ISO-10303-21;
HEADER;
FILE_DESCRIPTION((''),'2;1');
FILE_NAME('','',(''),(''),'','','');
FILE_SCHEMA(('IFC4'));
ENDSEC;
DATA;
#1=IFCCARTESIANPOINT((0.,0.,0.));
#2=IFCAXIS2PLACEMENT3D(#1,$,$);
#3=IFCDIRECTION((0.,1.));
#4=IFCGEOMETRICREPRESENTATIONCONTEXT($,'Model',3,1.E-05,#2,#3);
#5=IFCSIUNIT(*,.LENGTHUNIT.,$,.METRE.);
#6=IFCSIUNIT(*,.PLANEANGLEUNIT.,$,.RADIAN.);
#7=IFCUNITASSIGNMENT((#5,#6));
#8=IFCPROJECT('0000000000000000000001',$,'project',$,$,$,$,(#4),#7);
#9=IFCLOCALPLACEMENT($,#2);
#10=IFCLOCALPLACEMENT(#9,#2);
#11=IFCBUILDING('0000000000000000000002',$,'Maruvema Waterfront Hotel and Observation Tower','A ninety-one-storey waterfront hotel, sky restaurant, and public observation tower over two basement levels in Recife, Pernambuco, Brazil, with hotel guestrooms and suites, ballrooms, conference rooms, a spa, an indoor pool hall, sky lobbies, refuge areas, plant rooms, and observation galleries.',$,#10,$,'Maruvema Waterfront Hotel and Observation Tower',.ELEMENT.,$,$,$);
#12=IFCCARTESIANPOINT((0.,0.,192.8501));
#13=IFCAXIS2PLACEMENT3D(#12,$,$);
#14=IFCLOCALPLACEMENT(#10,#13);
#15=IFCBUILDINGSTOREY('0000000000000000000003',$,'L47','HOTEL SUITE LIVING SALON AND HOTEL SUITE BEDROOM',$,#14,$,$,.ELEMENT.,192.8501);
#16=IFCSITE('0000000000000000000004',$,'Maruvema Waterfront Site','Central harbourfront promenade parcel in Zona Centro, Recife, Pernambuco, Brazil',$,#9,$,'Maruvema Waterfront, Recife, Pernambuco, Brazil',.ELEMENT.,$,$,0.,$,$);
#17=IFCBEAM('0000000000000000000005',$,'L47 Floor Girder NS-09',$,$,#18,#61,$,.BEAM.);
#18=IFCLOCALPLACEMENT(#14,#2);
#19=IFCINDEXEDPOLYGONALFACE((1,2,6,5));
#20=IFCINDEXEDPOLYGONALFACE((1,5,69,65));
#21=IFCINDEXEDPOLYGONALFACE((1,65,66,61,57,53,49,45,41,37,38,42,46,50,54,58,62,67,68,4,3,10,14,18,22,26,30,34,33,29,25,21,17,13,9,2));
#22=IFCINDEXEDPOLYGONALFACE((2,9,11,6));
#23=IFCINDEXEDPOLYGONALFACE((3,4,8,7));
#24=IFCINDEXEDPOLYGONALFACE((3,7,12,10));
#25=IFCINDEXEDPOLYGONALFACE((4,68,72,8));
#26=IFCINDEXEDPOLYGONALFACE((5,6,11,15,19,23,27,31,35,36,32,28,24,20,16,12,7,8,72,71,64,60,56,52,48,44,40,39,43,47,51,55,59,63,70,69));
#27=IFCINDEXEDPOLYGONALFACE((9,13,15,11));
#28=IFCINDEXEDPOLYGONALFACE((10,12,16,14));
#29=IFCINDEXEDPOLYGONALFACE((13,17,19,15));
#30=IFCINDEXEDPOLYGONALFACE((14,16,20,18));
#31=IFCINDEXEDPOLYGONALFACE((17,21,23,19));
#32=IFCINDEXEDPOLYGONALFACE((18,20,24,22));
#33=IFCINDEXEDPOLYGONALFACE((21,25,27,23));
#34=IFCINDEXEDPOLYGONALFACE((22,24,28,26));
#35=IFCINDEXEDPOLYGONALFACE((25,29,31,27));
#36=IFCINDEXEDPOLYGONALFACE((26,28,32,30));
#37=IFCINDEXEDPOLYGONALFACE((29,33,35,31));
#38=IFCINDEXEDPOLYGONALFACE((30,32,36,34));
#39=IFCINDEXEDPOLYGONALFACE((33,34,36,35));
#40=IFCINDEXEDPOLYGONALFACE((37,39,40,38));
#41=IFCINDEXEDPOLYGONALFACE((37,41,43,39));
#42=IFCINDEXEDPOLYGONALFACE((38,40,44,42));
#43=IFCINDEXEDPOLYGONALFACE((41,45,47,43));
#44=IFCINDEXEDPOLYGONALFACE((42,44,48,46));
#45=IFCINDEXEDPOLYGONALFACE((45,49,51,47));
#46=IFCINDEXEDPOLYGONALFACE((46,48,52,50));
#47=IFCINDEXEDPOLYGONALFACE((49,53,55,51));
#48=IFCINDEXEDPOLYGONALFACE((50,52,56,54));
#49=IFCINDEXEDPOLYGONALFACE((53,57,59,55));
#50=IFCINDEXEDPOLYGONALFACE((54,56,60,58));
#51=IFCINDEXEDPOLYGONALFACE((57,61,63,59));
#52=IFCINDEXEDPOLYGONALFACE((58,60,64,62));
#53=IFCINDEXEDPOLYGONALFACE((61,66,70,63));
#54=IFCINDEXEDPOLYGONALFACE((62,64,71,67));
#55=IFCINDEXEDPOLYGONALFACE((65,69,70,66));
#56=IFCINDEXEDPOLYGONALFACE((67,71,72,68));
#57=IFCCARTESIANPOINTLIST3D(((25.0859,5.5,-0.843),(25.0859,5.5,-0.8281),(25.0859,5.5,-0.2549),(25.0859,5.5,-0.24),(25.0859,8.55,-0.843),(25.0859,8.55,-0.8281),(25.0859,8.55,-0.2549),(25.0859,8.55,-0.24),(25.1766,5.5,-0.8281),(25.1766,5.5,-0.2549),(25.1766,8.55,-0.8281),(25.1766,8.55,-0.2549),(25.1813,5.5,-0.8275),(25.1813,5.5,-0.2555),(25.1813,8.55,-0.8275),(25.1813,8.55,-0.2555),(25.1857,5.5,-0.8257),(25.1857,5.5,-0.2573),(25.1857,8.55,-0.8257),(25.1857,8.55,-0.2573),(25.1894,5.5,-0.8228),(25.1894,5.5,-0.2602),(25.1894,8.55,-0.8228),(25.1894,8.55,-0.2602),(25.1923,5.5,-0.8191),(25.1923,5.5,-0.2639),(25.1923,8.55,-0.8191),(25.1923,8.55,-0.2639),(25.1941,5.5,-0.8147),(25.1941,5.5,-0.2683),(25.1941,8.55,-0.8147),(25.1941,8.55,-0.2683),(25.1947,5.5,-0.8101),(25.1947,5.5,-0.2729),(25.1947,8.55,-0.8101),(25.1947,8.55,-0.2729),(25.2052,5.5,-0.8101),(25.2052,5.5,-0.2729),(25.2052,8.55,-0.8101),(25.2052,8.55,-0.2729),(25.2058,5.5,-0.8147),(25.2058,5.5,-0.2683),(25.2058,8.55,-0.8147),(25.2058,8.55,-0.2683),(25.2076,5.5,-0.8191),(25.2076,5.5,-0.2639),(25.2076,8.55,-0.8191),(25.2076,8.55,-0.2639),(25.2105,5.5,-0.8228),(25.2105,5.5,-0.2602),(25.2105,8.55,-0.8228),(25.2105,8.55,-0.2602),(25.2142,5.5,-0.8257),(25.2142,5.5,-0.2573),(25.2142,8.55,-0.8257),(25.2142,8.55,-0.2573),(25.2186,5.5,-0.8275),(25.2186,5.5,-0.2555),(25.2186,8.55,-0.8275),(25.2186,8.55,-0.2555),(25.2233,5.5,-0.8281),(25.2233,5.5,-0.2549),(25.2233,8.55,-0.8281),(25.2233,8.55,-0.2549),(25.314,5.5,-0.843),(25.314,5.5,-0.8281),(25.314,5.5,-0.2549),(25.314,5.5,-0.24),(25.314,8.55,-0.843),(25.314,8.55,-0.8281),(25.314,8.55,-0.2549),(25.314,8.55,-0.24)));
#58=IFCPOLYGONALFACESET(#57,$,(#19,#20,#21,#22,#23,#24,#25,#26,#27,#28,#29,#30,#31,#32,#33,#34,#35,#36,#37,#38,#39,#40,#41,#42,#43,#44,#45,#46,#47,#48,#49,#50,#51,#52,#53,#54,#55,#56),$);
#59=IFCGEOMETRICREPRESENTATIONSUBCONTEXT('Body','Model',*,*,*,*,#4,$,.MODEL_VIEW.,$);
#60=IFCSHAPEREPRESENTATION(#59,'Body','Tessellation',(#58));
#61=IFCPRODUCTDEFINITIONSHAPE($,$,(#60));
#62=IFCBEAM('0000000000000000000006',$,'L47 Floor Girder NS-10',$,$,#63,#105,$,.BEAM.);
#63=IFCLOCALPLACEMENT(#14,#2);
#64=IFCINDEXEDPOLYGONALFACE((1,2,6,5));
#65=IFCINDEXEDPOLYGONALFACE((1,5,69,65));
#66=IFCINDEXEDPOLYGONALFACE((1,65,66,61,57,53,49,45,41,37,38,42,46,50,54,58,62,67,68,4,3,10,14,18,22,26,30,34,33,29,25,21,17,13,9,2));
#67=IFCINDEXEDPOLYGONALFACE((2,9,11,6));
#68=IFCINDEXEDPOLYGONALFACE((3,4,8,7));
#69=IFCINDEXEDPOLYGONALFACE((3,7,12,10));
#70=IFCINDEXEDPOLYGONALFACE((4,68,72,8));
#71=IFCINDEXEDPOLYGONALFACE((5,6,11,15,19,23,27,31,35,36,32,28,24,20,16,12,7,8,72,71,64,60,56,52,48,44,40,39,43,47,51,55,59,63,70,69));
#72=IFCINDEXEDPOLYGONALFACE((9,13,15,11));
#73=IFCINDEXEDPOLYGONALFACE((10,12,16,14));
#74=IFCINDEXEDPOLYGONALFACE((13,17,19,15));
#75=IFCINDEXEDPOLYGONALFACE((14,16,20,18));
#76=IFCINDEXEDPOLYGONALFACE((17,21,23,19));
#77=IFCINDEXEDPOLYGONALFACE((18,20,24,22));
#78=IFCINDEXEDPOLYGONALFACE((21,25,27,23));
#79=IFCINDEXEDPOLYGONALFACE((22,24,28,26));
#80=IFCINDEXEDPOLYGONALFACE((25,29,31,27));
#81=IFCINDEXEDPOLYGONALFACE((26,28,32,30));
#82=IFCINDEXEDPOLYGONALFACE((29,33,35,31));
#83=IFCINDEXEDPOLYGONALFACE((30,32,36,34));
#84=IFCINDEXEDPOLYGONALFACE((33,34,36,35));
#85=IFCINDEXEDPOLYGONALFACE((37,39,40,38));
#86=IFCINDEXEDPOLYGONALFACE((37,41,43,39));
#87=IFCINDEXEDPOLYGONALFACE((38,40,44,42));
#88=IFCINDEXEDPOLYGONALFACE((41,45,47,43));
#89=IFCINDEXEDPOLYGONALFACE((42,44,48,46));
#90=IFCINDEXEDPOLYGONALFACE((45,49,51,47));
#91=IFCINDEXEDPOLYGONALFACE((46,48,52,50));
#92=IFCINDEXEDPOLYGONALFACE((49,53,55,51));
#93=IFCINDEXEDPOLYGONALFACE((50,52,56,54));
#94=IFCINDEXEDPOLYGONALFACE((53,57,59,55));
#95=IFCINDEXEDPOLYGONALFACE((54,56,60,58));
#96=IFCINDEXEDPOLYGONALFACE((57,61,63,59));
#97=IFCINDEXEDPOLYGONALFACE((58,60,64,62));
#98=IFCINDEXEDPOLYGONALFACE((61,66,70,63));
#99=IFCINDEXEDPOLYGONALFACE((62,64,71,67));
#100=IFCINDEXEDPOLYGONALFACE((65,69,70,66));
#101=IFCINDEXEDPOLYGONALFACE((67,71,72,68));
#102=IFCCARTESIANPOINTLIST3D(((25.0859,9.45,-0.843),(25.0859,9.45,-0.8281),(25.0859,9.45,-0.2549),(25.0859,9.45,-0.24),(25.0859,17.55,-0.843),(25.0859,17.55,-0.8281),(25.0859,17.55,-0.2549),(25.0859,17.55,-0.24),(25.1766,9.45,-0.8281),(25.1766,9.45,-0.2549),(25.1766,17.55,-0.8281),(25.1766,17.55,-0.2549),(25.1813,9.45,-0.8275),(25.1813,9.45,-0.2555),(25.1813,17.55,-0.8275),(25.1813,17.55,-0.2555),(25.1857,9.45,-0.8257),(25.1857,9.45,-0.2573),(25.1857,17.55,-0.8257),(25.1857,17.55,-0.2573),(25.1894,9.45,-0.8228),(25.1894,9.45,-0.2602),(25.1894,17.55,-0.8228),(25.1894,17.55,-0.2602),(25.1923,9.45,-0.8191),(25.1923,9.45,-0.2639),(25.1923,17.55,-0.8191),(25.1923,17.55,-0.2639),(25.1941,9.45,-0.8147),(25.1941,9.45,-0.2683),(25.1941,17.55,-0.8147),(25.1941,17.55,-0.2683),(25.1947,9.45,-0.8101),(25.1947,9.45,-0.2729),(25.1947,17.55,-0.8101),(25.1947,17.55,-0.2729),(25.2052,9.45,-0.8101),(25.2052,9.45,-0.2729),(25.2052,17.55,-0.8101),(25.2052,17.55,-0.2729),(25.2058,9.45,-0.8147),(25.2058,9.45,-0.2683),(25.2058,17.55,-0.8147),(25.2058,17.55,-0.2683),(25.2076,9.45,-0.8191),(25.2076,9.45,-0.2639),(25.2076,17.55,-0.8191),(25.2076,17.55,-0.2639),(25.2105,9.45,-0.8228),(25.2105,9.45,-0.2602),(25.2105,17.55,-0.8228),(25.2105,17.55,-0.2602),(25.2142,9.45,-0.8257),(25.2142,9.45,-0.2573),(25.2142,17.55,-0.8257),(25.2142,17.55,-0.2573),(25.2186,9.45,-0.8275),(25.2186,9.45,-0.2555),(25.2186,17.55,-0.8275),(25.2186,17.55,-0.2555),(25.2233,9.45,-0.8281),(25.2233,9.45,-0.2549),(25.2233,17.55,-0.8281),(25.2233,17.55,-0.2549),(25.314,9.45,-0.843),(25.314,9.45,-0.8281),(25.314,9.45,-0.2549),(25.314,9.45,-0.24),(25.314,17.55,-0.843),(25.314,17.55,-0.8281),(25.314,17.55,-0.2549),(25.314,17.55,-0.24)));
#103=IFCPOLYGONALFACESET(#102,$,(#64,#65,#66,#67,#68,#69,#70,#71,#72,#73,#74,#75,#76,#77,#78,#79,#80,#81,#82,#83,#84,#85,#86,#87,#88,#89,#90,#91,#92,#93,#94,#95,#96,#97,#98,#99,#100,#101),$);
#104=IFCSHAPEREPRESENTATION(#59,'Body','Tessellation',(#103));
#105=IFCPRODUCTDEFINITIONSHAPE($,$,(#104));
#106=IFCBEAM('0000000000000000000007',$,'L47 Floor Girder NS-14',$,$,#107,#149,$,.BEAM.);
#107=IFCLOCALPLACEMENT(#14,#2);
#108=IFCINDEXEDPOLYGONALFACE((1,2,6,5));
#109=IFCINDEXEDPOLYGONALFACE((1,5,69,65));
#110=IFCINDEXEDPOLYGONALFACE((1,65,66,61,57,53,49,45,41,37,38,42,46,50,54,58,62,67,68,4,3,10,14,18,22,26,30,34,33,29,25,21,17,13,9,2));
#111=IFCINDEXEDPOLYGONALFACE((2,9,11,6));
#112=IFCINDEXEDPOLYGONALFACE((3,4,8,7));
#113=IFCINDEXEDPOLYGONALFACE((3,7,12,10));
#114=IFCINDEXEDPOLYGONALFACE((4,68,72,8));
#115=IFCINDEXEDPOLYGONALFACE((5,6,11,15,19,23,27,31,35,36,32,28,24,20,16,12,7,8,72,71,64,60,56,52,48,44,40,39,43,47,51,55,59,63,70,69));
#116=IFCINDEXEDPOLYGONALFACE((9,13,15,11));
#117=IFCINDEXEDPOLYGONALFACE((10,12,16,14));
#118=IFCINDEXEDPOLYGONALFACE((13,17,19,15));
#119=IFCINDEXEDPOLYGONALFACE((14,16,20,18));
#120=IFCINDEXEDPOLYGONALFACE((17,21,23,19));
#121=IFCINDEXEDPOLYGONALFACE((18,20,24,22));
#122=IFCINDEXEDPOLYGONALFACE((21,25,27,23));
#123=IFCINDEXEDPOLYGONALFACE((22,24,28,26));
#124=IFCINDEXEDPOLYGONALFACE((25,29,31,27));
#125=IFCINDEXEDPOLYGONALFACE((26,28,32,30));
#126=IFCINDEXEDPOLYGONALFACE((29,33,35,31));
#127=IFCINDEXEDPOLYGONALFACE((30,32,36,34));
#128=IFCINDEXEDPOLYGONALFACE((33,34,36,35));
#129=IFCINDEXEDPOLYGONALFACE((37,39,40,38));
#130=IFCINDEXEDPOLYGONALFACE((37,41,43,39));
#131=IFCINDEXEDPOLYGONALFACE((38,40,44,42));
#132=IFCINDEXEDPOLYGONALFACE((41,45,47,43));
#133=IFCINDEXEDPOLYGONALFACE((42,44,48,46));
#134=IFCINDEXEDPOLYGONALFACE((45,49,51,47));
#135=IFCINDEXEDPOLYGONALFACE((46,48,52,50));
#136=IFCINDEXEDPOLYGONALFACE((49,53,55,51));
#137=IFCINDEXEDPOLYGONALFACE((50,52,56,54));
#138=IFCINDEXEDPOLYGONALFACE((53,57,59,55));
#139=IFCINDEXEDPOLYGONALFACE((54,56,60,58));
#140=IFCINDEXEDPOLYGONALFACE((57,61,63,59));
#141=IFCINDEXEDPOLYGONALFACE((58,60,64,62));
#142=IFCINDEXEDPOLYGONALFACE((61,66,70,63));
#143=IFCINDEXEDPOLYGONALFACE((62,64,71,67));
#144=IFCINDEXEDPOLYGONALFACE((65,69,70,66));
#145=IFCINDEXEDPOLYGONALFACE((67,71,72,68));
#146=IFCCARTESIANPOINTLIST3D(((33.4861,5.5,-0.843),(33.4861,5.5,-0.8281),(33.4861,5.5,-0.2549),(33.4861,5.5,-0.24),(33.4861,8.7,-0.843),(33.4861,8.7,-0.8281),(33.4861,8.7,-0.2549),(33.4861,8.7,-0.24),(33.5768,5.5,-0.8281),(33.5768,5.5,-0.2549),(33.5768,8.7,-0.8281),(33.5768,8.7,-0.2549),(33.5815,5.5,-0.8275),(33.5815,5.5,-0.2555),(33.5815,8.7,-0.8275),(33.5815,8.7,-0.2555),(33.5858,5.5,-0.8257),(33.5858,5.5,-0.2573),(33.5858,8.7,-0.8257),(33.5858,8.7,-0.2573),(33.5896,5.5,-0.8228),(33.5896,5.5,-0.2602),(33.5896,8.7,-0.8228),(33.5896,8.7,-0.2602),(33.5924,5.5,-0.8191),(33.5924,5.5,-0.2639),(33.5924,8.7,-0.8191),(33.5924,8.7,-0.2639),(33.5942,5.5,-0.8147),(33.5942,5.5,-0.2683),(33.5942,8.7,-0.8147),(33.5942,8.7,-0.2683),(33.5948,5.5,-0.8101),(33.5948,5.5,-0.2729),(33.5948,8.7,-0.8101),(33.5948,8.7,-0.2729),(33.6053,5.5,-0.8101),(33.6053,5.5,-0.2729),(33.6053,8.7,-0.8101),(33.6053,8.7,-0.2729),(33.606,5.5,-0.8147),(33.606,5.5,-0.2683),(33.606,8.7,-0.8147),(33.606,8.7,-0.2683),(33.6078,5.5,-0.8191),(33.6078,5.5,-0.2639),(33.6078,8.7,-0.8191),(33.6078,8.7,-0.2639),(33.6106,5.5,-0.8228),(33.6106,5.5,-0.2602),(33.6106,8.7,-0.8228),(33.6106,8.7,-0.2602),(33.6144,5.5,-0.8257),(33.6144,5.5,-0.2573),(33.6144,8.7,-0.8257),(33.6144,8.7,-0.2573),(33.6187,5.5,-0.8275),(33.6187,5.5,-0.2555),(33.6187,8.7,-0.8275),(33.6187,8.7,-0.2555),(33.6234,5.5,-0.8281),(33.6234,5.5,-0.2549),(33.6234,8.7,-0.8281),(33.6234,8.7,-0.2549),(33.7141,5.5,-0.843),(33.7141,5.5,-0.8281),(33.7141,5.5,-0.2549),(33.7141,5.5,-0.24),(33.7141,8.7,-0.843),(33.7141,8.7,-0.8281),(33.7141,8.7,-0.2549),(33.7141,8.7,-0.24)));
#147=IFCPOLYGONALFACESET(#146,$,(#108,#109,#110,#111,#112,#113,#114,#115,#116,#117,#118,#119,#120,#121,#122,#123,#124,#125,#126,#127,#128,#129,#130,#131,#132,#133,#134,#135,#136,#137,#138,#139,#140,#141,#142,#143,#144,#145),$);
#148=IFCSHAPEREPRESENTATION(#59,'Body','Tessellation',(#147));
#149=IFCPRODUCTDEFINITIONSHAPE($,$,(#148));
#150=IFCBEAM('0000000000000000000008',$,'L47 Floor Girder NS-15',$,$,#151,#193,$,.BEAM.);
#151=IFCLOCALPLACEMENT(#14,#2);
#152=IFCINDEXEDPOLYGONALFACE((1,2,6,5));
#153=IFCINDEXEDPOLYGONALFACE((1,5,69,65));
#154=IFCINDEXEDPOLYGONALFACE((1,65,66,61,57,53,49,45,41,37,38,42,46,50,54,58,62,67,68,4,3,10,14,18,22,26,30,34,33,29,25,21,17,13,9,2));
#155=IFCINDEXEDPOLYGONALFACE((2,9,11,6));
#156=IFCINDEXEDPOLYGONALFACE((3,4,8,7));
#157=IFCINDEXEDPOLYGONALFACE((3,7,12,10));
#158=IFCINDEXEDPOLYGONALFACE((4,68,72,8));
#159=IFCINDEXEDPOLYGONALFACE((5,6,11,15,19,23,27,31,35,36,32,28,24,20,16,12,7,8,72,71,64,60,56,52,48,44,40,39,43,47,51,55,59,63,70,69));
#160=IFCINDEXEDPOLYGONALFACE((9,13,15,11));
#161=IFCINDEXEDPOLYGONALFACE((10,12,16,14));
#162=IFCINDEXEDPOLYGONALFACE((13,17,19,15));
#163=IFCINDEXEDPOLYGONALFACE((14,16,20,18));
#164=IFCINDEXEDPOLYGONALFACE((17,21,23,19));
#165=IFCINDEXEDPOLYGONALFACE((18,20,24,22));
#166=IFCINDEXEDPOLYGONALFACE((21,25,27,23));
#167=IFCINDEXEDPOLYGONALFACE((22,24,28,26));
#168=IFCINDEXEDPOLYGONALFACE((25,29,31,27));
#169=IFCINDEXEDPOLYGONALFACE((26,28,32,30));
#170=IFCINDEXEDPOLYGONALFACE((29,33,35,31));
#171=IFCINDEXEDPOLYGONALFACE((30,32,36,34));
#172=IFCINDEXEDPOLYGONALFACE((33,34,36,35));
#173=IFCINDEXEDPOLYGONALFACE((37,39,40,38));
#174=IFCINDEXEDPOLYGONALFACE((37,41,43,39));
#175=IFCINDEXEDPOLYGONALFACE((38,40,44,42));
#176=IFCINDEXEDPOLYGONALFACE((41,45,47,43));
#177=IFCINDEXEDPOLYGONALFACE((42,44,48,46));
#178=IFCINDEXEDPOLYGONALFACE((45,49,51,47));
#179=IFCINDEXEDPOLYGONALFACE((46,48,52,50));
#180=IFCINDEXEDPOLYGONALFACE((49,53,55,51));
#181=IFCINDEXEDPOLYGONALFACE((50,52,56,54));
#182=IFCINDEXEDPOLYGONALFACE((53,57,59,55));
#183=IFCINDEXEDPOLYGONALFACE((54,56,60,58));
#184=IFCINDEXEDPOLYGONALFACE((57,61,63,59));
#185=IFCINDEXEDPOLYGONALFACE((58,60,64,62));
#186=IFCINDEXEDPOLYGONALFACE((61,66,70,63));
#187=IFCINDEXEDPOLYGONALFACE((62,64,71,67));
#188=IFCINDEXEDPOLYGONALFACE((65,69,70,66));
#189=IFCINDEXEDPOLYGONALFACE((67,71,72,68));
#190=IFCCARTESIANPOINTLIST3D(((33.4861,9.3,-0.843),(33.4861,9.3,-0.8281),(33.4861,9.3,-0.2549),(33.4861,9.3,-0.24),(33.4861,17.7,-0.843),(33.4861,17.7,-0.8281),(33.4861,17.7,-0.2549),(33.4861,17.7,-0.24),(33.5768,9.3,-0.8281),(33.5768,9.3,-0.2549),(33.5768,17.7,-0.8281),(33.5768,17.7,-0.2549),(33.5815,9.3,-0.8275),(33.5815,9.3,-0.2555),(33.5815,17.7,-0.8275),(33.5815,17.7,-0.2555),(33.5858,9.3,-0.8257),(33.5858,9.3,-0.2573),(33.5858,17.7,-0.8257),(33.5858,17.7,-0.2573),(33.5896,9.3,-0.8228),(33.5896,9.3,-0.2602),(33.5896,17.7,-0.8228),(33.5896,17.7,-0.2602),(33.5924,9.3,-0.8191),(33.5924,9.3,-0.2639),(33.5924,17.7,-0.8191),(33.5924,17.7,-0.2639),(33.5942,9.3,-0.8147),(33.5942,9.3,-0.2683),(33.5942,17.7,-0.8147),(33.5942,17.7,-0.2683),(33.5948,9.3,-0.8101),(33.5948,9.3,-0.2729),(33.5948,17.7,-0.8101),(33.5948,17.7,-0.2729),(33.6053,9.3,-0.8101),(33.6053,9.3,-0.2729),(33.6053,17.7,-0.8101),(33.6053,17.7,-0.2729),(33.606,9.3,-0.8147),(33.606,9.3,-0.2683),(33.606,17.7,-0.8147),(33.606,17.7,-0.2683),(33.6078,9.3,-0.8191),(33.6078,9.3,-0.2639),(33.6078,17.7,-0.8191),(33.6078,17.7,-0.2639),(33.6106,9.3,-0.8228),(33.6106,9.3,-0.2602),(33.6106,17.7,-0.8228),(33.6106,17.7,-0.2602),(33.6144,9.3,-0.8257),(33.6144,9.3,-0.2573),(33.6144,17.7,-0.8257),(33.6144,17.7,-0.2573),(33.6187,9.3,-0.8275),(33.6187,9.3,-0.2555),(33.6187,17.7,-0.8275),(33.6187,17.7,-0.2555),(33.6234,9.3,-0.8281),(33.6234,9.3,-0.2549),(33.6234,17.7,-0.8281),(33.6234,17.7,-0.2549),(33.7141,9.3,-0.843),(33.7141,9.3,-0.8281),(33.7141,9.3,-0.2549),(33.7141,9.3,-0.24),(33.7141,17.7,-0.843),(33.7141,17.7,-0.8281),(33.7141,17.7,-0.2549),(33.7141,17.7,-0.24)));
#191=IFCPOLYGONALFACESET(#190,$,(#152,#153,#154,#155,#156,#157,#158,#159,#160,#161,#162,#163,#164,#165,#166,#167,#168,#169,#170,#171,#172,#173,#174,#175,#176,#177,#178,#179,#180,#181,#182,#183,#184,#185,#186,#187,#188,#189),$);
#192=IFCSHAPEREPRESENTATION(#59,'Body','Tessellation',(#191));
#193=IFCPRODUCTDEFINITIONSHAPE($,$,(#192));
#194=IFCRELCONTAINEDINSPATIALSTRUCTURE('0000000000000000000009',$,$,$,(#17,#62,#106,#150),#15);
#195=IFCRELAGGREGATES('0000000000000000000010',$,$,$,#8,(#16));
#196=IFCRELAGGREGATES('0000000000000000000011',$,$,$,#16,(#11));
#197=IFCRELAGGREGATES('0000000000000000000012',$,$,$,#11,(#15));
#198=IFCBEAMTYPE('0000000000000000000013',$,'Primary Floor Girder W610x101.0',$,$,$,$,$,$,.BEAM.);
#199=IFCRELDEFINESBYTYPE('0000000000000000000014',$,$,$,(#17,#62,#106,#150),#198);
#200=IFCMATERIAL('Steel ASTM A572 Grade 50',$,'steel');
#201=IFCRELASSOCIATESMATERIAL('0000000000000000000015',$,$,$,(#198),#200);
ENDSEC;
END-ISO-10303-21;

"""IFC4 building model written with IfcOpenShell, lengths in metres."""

from ifc_helpers import new_model, si_unit, direction, frame, origin, origin_2d, place, context, subcontext, project, spatial, i_section, extrude, material, material_profile, profile_set, type_object, element, save


model = new_model("IFC4")

# Units and contexts
model_context = context("Model", 3, precision=1e-05, world=origin(), true_north=direction((0.0, 1.0)))
body_context = subcontext(model_context, "Body", "Model", "MODEL_VIEW")
ifc_project = project(units=[si_unit("LENGTHUNIT", "METRE"), si_unit("PLANEANGLEUNIT", "RADIAN")], contexts=[model_context])

# Site, building, storey
site_placement = place(None, origin())
site = spatial("IfcSite", under=ifc_project, at=site_placement, Name="Maruvema Waterfront Site", Description="Central harbourfront promenade parcel in Zona Centro, Recife, Pernambuco, Brazil", LongName="Maruvema Waterfront, Recife, Pernambuco, Brazil", CompositionType="ELEMENT", RefElevation=0.0)
building_placement = place(site_placement, origin())
building = spatial("IfcBuilding", under=site, at=building_placement, Name="Maruvema Waterfront Hotel and Observation Tower", Description="A ninety-one-storey waterfront hotel, sky restaurant, and public observation tower over two basement levels in Recife, Pernambuco, Brazil, with hotel guestrooms and suites, ballrooms, conference rooms, a spa, an indoor pool hall, sky lobbies, refuge areas, plant rooms, and observation galleries.", LongName="Maruvema Waterfront Hotel and Observation Tower", CompositionType="ELEMENT")
storey_placement = place(building_placement, frame((0.0, 0.0, 192.8501)))
storey = spatial("IfcBuildingStorey", under=building, at=storey_placement, Name="L47", Description="HOTEL SUITE LIVING SALON AND HOTEL SUITE BEDROOM", CompositionType="ELEMENT", Elevation=192.8501)

# Beams
ifc_material_1 = material(Name="Steel ASTM A572 Grade 50", Category="steel")
ifc_material_profile_1 = material_profile(ifc_material_1, i_section(OverallWidth=0.228, OverallDepth=0.603, WebThickness=0.0105, FlangeThickness=0.0149, FilletRadius=0.0181, at=origin_2d()), Name="W610x101.0")
ifc_profile_set_1 = profile_set([ifc_material_profile_1], Name="Steel ASTM A572 Grade 50")
beam_type_1 = type_object("IfcBeamType", Name="Primary Floor Girder W610x101.0", PredefinedType="BEAM", material=ifc_profile_set_1)
beam_1_placement = place(storey_placement, frame((25.2, 5.5, -0.5415), z_axis=(0.0, 1.0, 0.0), x_axis=(-1.0, 0.0, 0.0)))
element("IfcBeam", 1, at=beam_1_placement, inside=storey, type_object=beam_type_1, Name="L47 Floor Girder NS-09", PredefinedType="BEAM", context=body_context, shape_type="SweptSolid", body=[
    extrude(i_section(OverallWidth=0.228, OverallDepth=0.603, WebThickness=0.0105, FlangeThickness=0.0149, FilletRadius=0.0181, at=origin_2d()), origin(), (0.0, 0.0, 1.0), 3.05),
])
beam_2_placement = place(storey_placement, frame((25.2, 9.45, -0.5415), z_axis=(0.0, 1.0, 0.0), x_axis=(-1.0, 0.0, 0.0)))
element("IfcBeam", 2, at=beam_2_placement, inside=storey, type_object=beam_type_1, Name="L47 Floor Girder NS-10", PredefinedType="BEAM", context=body_context, shape_type="SweptSolid", body=[
    extrude(i_section(OverallWidth=0.228, OverallDepth=0.603, WebThickness=0.0105, FlangeThickness=0.0149, FilletRadius=0.0181, at=origin_2d()), origin(), (0.0, 0.0, 1.0), 8.1001),
])
beam_3_placement = place(storey_placement, frame((33.6001, 5.5, -0.5415), z_axis=(0.0, 1.0, 0.0), x_axis=(-1.0, 0.0, 0.0)))
element("IfcBeam", 3, at=beam_3_placement, inside=storey, type_object=beam_type_1, Name="L47 Floor Girder NS-14", PredefinedType="BEAM", context=body_context, shape_type="SweptSolid", body=[
    extrude(i_section(OverallWidth=0.228, OverallDepth=0.603, WebThickness=0.0105, FlangeThickness=0.0149, FilletRadius=0.0181, at=origin_2d()), origin(), (0.0, 0.0, 1.0), 3.2),
])
beam_4_placement = place(storey_placement, frame((33.6001, 9.3, -0.5415), z_axis=(0.0, 1.0, 0.0), x_axis=(-1.0, 0.0, 0.0)))
element("IfcBeam", 4, at=beam_4_placement, inside=storey, type_object=beam_type_1, Name="L47 Floor Girder NS-15", PredefinedType="BEAM", context=body_context, shape_type="SweptSolid", body=[
    extrude(i_section(OverallWidth=0.228, OverallDepth=0.603, WebThickness=0.0105, FlangeThickness=0.0149, FilletRadius=0.0181, at=origin_2d()), origin(), (0.0, 0.0, 1.0), 8.3999),
])

save(model, "model.ifc")
